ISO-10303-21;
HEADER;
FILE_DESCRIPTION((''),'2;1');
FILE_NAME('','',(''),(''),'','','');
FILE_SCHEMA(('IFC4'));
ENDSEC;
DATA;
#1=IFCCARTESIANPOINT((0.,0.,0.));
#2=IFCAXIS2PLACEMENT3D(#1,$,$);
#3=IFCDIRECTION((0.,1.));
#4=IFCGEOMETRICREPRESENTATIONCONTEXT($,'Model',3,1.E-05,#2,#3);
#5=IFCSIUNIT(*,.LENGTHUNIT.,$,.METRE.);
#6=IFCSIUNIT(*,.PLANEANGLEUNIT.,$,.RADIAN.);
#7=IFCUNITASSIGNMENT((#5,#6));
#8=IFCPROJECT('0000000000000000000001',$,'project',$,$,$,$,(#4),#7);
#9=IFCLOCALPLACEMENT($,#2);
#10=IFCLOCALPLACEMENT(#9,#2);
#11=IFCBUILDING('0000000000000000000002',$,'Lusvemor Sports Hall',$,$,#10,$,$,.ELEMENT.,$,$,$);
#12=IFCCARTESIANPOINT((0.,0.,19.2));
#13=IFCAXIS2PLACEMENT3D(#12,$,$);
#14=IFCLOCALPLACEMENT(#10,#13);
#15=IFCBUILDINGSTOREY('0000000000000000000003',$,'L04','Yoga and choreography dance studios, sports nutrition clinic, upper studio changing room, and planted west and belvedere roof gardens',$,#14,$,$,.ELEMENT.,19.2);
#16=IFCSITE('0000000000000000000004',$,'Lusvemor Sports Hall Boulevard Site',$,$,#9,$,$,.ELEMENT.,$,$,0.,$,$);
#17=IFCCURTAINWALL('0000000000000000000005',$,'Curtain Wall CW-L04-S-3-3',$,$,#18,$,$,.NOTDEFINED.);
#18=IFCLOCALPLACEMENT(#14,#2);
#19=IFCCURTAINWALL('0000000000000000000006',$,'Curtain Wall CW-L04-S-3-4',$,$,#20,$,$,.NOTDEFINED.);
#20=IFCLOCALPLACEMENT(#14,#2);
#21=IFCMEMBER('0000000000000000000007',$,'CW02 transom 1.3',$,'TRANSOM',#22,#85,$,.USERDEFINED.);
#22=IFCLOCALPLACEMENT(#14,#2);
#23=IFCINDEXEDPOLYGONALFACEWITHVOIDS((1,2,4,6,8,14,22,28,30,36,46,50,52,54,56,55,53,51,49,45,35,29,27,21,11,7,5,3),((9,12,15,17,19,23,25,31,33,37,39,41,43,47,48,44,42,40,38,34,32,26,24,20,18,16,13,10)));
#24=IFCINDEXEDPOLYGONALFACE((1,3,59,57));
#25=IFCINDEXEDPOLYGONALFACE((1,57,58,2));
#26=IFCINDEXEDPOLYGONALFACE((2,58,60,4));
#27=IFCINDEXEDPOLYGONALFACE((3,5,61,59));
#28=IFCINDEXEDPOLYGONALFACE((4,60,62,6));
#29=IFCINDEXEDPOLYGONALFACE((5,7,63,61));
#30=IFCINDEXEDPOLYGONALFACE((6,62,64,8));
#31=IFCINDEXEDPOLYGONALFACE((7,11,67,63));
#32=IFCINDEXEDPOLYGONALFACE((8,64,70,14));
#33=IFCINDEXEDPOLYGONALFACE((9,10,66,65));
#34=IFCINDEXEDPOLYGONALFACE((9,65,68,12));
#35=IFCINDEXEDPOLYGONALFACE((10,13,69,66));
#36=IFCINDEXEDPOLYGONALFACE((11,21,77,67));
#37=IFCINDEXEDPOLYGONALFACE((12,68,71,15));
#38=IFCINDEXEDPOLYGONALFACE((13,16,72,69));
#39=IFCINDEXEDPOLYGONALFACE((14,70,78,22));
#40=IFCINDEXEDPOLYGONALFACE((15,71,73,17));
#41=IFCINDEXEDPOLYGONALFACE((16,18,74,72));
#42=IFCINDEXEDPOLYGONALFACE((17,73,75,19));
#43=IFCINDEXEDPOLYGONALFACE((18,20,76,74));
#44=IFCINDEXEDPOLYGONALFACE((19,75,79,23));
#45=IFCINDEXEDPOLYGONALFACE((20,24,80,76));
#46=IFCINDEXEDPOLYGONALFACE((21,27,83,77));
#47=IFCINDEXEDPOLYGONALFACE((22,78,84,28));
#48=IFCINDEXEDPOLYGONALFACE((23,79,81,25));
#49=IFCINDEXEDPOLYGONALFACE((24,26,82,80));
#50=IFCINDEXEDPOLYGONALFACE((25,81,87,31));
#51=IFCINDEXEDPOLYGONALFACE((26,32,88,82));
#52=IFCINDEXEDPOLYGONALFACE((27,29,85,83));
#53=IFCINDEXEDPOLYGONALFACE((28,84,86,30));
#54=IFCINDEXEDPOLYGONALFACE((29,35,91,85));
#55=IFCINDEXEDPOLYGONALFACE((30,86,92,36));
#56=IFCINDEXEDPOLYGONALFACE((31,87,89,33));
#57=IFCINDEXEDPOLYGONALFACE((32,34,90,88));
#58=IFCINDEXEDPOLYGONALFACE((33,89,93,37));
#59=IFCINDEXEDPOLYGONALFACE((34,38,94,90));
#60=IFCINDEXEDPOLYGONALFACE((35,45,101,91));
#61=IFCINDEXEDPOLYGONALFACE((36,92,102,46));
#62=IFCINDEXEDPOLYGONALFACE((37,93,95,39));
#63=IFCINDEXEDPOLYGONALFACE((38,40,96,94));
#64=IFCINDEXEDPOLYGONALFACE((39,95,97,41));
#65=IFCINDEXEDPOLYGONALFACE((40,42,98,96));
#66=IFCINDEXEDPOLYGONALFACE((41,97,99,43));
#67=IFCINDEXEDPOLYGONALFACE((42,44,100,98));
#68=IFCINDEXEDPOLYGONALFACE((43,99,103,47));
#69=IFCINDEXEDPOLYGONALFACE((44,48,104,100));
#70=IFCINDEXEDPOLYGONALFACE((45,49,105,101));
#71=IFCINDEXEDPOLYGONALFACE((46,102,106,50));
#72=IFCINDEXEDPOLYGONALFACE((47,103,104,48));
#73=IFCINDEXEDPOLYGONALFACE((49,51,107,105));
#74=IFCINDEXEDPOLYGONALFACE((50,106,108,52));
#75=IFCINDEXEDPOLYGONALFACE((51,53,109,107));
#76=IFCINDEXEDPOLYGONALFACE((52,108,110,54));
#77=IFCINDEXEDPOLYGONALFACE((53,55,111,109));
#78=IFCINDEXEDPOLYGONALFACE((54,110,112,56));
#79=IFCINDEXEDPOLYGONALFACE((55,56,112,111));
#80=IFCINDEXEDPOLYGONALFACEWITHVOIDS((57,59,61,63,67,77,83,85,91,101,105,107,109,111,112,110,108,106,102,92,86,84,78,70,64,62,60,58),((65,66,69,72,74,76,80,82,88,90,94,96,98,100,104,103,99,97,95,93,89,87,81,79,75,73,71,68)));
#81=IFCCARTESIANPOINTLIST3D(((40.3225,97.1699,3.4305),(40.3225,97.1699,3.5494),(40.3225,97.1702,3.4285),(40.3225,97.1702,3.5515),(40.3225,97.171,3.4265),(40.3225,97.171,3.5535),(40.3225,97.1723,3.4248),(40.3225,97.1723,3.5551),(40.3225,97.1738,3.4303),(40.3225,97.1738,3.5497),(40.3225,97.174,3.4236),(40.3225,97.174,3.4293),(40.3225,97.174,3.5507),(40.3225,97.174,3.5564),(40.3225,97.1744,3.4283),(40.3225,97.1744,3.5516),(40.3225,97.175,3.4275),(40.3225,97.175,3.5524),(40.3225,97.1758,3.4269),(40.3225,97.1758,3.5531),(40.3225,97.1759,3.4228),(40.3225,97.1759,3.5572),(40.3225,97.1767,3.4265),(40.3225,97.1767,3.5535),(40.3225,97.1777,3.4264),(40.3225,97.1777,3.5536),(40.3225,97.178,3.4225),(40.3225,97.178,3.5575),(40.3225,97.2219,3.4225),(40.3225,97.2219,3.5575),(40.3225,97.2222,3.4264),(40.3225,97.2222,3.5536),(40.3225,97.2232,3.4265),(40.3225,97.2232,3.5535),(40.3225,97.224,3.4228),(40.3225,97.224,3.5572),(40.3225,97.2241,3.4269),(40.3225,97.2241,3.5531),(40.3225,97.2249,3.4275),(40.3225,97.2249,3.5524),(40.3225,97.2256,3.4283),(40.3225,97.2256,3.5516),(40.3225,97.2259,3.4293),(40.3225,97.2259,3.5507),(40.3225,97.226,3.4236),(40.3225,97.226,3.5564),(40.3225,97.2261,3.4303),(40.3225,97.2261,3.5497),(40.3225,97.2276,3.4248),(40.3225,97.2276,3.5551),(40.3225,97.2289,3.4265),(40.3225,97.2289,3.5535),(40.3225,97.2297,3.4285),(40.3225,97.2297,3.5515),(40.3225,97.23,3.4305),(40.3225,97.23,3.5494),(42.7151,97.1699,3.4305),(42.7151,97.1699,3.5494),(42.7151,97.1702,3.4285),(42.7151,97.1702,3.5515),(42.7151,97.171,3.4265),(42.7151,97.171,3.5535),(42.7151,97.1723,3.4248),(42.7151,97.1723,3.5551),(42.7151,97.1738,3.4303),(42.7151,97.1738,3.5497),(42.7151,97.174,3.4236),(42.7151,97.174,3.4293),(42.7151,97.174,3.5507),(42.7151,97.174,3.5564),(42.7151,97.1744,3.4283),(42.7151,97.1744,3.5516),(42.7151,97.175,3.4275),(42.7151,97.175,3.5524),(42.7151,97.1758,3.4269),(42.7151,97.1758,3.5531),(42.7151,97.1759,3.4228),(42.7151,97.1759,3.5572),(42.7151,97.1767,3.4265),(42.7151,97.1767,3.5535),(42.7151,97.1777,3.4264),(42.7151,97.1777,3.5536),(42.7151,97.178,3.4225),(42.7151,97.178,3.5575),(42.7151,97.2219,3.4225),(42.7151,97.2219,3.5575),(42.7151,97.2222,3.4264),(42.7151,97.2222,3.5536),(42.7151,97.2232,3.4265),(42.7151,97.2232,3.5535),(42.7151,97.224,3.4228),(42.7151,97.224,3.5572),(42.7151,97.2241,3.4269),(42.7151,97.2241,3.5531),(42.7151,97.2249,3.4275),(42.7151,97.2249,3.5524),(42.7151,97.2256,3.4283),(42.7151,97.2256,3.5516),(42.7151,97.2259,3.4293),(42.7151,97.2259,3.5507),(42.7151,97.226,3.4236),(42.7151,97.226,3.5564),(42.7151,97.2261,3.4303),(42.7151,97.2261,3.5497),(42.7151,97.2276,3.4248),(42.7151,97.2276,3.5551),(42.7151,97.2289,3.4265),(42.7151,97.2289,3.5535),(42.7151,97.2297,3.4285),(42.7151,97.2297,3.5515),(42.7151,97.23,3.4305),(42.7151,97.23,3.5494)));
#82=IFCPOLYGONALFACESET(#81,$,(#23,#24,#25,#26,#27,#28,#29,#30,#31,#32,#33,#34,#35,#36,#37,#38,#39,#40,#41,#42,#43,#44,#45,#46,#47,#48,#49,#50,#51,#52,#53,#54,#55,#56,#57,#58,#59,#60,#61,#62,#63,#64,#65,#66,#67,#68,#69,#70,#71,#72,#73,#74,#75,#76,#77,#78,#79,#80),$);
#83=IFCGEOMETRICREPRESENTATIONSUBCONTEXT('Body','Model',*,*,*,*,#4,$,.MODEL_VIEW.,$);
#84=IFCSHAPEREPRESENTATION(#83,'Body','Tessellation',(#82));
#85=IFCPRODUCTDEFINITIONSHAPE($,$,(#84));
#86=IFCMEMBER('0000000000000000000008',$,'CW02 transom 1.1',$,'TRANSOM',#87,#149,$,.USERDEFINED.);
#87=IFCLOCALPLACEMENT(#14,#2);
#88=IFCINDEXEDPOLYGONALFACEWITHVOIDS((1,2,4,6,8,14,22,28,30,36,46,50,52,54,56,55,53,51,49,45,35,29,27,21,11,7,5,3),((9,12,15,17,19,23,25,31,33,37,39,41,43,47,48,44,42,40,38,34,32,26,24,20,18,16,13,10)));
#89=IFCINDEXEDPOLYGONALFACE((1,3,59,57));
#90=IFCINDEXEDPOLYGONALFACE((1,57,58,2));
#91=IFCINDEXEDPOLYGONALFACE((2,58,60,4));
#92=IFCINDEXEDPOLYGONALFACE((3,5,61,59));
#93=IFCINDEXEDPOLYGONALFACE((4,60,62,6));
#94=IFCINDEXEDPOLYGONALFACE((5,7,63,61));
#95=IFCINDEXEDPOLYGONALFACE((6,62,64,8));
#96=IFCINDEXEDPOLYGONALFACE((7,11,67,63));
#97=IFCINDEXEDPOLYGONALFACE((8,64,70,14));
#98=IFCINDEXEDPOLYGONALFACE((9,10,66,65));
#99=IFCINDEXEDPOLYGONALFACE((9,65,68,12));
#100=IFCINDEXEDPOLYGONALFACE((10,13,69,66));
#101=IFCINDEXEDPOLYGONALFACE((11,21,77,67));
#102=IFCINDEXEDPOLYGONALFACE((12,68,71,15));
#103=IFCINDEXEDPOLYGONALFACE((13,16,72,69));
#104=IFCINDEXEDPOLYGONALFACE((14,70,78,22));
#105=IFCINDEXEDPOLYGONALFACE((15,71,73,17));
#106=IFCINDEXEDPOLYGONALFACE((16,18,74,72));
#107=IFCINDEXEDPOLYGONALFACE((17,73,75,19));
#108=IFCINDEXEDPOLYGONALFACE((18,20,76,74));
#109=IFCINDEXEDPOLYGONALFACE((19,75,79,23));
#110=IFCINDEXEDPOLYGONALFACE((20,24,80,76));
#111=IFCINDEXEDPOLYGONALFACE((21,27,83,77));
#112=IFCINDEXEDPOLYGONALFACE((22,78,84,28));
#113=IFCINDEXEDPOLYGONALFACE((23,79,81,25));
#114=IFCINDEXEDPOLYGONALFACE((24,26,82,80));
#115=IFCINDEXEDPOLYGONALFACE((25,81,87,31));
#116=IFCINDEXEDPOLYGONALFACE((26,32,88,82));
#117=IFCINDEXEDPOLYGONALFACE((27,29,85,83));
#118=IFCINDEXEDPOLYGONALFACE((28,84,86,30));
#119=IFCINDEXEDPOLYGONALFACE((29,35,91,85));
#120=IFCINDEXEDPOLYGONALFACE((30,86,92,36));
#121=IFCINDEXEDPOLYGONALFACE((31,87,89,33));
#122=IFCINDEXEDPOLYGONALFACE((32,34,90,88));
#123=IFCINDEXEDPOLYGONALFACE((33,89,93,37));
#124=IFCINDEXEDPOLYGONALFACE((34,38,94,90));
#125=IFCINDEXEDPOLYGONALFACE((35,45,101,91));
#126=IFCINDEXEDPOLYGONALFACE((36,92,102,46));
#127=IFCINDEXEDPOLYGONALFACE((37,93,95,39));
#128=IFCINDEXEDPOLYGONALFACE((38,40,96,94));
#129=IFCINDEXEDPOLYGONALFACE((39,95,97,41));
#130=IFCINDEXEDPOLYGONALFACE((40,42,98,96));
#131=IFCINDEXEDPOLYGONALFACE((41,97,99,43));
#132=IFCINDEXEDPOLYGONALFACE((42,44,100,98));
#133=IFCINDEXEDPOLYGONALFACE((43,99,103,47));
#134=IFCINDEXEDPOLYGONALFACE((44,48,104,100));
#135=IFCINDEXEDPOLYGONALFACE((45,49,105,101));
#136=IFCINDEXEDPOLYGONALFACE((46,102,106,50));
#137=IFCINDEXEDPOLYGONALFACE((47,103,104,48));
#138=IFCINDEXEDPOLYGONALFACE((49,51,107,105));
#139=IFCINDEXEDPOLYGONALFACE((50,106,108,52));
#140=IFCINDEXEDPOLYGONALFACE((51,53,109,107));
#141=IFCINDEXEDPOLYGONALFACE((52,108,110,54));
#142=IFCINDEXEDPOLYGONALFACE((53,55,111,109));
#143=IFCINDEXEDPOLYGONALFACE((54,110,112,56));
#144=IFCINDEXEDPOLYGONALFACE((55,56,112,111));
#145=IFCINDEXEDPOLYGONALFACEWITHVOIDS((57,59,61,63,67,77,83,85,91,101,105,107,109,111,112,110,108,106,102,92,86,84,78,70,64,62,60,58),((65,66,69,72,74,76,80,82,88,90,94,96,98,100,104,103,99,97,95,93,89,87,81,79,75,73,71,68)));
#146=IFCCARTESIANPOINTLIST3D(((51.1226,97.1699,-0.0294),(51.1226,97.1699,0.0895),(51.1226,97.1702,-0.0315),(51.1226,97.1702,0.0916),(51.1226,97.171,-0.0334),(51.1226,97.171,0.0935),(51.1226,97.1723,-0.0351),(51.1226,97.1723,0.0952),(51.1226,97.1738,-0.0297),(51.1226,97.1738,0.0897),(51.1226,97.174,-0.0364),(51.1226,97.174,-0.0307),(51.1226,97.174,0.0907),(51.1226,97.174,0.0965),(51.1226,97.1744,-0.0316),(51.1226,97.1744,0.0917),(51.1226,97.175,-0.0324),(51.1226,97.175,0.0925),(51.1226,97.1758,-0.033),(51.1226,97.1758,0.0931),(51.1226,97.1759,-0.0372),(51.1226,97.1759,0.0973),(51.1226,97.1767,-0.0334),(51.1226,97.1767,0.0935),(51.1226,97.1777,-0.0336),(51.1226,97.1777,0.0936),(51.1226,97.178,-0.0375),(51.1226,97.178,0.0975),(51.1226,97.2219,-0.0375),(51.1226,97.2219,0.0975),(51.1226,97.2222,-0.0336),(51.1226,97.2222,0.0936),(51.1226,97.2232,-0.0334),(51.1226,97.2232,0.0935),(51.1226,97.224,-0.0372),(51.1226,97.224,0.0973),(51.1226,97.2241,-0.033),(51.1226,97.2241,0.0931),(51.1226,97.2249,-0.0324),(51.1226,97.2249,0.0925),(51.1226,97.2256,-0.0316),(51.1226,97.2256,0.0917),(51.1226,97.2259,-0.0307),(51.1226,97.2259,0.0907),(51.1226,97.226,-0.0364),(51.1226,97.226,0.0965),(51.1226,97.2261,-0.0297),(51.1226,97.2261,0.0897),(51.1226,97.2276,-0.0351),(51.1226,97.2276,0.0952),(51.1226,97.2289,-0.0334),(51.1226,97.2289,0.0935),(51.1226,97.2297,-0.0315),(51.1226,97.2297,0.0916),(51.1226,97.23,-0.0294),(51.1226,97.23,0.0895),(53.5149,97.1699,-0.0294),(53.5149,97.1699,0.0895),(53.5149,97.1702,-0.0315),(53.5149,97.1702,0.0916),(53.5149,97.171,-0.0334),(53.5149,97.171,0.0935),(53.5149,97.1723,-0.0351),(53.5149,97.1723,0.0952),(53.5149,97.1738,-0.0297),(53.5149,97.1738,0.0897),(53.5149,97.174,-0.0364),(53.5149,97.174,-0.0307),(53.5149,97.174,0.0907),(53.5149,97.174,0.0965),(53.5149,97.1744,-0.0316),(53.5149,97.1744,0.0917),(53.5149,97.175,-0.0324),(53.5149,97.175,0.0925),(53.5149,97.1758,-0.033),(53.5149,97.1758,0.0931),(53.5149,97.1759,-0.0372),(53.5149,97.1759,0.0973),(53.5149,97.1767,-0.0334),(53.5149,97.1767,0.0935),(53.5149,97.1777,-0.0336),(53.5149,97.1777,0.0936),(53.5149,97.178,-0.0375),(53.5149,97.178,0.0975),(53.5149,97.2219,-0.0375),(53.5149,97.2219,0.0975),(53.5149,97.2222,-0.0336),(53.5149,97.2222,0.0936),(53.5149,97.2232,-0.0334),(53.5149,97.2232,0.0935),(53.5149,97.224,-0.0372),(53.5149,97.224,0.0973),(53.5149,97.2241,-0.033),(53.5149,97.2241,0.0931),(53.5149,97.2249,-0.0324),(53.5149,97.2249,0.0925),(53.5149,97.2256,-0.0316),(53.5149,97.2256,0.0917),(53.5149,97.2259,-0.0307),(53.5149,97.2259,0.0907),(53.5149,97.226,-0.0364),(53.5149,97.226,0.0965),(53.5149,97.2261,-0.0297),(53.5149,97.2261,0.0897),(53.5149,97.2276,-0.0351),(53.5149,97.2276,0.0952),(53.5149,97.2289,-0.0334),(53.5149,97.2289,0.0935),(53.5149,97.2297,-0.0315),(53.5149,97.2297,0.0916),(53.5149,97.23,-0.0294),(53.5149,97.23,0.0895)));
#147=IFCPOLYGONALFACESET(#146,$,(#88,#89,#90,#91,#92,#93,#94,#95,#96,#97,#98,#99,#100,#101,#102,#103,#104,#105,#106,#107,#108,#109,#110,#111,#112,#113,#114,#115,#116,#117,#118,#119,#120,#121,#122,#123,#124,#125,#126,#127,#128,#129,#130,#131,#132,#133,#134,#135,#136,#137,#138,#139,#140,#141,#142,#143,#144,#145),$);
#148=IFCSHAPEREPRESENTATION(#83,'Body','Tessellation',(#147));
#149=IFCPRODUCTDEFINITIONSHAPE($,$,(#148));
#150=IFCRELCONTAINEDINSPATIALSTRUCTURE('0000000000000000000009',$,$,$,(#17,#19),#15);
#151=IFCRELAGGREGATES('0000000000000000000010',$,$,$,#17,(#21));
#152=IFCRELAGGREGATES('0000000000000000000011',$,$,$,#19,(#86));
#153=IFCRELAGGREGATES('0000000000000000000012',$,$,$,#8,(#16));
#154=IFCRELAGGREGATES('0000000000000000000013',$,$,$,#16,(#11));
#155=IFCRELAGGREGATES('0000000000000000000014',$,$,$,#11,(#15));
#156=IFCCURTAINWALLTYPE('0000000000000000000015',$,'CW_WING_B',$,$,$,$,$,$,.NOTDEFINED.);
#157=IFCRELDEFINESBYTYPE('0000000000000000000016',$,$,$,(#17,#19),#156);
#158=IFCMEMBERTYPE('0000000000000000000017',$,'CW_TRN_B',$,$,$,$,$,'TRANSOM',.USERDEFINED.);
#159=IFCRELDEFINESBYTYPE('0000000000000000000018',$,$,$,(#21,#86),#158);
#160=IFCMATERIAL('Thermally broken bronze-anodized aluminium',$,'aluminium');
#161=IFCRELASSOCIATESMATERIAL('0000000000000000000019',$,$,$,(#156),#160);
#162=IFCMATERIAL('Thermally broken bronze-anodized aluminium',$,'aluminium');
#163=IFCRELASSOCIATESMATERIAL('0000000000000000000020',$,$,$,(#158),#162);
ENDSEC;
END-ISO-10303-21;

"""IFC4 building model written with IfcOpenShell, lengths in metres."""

from ifc_helpers import new_model, si_unit, direction, frame, origin, origin_2d, place, context, subcontext, project, spatial, hollow_rectangle, extrude, material, material_profile, profile_set, type_object, element, aggregate, save


model = new_model("IFC4")

# Units and contexts
model_context = context("Model", 3, precision=1e-05, world=origin(), true_north=direction((0.0, 1.0)))
body_context = subcontext(model_context, "Body", "Model", "MODEL_VIEW")
ifc_project = project(units=[si_unit("LENGTHUNIT", "METRE"), si_unit("PLANEANGLEUNIT", "RADIAN")], contexts=[model_context])

# Site, building, storey
site_placement = place(None, origin())
site = spatial("IfcSite", under=ifc_project, at=site_placement, Name="Lusvemor Sports Hall Boulevard Site", CompositionType="ELEMENT", RefElevation=0.0)
building_placement = place(site_placement, origin())
building = spatial("IfcBuilding", under=site, at=building_placement, Name="Lusvemor Sports Hall", CompositionType="ELEMENT")
storey_placement = place(building_placement, frame((0.0, 0.0, 19.2)))
storey = spatial("IfcBuildingStorey", under=building, at=storey_placement, Name="L04", Description="Yoga and choreography dance studios, sports nutrition clinic, upper studio changing room, and planted west and belvedere roof gardens", CompositionType="ELEMENT", Elevation=19.2)

# Curtain wall
ifc_material_1 = material(Name="Thermally broken bronze-anodized aluminium", Category="aluminium")
curtain_wall_type = type_object("IfcCurtainWallType", Name="CW_WING_B", PredefinedType="NOTDEFINED", material=ifc_material_1)
curtain_wall_1_placement = place(storey_placement, origin())
curtain_wall_1 = element("IfcCurtainWall", 1, at=curtain_wall_1_placement, inside=storey, type_object=curtain_wall_type, Name="Curtain Wall CW-L04-S-3-3", PredefinedType="NOTDEFINED")

# Curtain wall
curtain_wall_2_placement = place(storey_placement, origin())
curtain_wall_2 = element("IfcCurtainWall", 2, at=curtain_wall_2_placement, inside=storey, type_object=curtain_wall_type, Name="Curtain Wall CW-L04-S-3-4", PredefinedType="NOTDEFINED")

# Members
ifc_material_2 = material(Name="Thermally broken bronze-anodized aluminium", Category="aluminium")
ifc_material_profile_1 = material_profile(ifc_material_2, hollow_rectangle(XDim=0.0601, YDim=0.135, WallThickness=0.0039, InnerFilletRadius=0.0039, OuterFilletRadius=0.0081, at=origin_2d()), Name="CWTRN135x60x4")
ifc_profile_set_1 = profile_set([ifc_material_profile_1], Name="Thermally broken bronze-anodized aluminium")
member_type_1 = type_object("IfcMemberType", Name="CW_TRN_B", ElementType="TRANSOM", PredefinedType="USERDEFINED", material=ifc_profile_set_1)
member_1_placement = place(storey_placement, frame((42.7151, 97.2, 3.49), z_axis=(-1.0, 0.0, 0.0), x_axis=(0.0, -1.0, 0.0)))
member_1 = element("IfcMember", 3, at=member_1_placement, type_object=member_type_1, Name="CW02 transom 1.3", ObjectType="TRANSOM", PredefinedType="USERDEFINED", context=body_context, shape_type="SweptSolid", body=[
    extrude(hollow_rectangle(XDim=0.0601, YDim=0.135, WallThickness=0.0039, InnerFilletRadius=0.0039, OuterFilletRadius=0.0081, at=origin_2d()), origin(), (0.0, 0.0, 1.0), 2.3926),
])
aggregate(curtain_wall_1, [member_1])
member_2_placement = place(storey_placement, frame((53.5149, 97.2, 0.03), z_axis=(-1.0, 0.0, 0.0), x_axis=(0.0, -1.0, 0.0)))
member_2 = element("IfcMember", 4, at=member_2_placement, type_object=member_type_1, Name="CW02 transom 1.1", ObjectType="TRANSOM", PredefinedType="USERDEFINED", context=body_context, shape_type="SweptSolid", body=[
    extrude(hollow_rectangle(XDim=0.0601, YDim=0.135, WallThickness=0.0039, InnerFilletRadius=0.0039, OuterFilletRadius=0.0081, at=origin_2d()), origin(), (0.0, 0.0, 1.0), 2.3923),
])

aggregate(curtain_wall_2, [member_2])

save(model, "model.ifc")
